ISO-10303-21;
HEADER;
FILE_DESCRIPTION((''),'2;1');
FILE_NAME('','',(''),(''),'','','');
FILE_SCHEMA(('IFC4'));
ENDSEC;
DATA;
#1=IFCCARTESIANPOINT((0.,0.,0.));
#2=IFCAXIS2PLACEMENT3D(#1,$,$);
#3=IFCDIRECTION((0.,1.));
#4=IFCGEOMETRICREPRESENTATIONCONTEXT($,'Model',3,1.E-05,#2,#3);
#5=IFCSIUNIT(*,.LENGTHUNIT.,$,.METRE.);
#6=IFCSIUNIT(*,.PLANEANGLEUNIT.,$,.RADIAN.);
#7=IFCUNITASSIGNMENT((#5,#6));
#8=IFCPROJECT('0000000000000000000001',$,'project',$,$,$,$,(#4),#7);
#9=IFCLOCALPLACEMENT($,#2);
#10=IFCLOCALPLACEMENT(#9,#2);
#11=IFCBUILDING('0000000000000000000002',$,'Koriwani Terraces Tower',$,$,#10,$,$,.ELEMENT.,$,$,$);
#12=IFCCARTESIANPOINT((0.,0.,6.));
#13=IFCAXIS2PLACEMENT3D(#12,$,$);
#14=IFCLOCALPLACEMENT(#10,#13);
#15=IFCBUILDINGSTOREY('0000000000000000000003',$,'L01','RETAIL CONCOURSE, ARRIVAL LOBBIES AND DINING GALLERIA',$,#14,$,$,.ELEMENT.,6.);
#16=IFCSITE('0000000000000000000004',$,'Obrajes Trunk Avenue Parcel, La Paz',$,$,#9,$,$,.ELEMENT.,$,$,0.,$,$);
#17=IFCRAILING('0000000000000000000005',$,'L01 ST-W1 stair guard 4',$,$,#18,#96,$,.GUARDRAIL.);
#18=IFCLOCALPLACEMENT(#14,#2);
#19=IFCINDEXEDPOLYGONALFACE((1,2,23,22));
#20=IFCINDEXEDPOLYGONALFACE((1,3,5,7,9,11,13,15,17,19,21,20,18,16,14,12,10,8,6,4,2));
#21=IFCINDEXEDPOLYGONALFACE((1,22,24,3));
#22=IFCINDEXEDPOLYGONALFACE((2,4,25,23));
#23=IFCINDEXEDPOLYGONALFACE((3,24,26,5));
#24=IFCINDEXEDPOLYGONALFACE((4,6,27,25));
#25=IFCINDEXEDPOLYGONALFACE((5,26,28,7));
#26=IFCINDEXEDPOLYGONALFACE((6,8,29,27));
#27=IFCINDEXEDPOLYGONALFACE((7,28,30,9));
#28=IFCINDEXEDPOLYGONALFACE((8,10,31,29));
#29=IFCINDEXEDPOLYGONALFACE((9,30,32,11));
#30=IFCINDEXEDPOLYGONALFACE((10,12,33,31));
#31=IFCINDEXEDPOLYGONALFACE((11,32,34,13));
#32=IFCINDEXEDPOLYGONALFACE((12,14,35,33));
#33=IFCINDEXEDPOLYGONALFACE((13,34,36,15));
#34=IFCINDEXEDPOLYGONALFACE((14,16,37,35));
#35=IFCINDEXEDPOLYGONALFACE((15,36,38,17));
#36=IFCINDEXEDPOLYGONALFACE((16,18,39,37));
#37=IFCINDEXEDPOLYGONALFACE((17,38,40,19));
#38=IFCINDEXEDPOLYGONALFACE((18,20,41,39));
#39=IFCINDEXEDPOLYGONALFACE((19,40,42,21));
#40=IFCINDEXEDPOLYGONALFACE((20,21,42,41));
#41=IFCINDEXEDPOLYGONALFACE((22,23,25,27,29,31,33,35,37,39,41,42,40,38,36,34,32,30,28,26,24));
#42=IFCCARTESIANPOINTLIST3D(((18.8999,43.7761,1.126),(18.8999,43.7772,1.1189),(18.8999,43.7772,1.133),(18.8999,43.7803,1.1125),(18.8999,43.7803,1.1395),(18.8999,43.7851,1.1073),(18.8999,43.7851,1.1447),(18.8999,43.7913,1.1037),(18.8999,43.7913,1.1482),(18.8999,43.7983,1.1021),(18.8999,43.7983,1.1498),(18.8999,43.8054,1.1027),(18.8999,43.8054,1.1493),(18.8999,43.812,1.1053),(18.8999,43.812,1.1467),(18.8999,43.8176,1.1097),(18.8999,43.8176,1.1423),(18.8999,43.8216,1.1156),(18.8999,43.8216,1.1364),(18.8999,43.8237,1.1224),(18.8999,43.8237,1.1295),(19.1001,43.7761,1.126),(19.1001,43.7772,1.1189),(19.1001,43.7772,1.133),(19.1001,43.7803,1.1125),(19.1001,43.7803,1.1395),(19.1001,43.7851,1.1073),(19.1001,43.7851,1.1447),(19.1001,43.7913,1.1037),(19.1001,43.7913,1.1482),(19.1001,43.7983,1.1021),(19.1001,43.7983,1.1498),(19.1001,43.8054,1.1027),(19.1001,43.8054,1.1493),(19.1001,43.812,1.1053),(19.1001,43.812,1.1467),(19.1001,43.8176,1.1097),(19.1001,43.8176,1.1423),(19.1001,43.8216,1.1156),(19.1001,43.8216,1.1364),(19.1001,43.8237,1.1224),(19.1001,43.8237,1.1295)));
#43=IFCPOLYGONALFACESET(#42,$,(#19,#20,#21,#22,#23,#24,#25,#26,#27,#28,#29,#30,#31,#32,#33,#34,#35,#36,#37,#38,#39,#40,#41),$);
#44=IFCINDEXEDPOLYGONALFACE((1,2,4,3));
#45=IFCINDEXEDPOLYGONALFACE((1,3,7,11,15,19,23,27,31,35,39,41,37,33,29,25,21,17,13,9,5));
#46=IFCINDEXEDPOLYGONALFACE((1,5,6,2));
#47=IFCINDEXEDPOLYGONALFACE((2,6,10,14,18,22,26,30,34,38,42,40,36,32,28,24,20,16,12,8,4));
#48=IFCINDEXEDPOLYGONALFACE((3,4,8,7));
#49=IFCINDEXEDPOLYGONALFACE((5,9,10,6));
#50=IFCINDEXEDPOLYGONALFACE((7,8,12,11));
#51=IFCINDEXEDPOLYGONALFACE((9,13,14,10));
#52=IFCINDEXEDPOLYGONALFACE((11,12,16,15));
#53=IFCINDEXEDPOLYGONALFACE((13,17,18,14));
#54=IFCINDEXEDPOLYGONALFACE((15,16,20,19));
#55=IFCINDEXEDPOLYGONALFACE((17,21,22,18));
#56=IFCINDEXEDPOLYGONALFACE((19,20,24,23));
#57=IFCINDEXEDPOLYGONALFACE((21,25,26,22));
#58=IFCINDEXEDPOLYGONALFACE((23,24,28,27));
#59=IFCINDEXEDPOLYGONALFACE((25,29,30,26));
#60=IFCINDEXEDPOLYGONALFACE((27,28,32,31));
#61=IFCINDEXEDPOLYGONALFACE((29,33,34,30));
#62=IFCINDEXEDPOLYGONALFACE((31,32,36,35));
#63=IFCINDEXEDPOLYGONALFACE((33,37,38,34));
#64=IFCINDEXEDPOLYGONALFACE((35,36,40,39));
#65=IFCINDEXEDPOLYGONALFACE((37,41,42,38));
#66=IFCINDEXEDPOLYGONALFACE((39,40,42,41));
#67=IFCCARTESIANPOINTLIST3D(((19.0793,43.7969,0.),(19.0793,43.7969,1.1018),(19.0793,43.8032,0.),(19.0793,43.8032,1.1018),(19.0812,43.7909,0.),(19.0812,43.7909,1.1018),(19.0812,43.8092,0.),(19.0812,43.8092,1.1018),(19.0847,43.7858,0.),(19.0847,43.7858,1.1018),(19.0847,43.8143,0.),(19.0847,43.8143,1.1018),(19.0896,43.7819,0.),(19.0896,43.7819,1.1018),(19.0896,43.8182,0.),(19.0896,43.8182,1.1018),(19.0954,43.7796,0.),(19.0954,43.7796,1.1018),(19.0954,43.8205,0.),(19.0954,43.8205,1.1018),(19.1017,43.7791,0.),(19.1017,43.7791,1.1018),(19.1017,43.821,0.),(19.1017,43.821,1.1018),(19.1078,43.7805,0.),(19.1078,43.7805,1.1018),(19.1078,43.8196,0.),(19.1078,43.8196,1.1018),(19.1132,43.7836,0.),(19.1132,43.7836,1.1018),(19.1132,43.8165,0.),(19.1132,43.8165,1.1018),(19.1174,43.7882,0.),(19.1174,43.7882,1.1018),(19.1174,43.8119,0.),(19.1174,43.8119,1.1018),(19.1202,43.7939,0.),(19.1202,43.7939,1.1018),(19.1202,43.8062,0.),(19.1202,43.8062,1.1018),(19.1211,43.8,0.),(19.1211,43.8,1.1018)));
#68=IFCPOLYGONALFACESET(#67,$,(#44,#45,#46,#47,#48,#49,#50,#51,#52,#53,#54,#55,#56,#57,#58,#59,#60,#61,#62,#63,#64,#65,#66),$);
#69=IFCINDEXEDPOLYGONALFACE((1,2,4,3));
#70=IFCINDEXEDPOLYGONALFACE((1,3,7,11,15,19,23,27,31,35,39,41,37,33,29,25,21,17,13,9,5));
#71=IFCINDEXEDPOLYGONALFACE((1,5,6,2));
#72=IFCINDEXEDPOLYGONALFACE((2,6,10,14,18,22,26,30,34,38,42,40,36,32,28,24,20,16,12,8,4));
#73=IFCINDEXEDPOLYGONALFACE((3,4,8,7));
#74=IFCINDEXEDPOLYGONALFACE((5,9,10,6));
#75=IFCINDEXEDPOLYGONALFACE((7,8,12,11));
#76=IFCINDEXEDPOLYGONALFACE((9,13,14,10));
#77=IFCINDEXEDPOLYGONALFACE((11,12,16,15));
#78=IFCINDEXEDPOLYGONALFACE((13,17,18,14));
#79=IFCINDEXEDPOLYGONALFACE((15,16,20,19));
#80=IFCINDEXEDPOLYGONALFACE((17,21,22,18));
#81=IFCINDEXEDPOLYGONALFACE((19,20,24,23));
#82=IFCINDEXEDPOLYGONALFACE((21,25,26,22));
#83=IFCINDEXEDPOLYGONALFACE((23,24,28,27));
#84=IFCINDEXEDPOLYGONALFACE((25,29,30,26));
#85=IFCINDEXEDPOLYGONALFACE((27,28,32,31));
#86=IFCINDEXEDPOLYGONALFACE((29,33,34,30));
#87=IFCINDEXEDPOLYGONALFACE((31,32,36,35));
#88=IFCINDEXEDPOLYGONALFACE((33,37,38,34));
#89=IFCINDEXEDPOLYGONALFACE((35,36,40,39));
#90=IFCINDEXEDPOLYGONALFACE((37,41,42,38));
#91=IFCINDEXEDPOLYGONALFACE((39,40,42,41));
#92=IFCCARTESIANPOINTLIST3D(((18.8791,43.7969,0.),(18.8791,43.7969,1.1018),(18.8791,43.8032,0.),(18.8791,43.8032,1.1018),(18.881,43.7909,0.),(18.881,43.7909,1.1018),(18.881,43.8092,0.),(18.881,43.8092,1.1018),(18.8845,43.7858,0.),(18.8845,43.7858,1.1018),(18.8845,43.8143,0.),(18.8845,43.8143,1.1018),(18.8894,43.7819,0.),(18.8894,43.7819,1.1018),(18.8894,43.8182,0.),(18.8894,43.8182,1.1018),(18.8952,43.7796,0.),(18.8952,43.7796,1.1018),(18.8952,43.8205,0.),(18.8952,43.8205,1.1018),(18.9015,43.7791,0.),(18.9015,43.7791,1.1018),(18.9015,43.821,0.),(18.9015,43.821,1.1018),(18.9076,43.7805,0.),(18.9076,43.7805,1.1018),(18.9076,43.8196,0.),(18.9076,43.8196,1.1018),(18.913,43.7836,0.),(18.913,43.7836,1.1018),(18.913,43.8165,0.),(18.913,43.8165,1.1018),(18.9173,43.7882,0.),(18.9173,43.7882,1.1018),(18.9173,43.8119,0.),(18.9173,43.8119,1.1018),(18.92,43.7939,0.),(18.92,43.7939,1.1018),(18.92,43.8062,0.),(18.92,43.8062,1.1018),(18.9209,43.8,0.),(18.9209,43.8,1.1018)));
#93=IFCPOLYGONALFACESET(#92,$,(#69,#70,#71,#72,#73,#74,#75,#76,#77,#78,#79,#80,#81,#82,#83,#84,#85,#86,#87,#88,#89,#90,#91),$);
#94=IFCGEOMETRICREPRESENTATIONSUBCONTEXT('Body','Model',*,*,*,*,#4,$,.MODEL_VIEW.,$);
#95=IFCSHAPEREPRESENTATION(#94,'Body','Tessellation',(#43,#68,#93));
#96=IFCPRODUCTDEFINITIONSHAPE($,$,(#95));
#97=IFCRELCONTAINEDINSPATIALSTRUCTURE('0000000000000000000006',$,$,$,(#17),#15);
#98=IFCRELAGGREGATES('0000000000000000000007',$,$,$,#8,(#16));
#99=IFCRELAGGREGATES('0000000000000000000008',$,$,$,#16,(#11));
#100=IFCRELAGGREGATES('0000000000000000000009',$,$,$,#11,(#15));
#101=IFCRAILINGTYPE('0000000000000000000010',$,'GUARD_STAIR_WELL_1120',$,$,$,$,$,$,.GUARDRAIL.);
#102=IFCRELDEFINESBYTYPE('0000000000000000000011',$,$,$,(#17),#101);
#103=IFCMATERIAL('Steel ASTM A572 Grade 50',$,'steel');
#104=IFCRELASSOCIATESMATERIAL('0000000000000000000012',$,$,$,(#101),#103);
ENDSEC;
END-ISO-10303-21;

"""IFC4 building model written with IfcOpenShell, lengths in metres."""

from ifc_helpers import new_model, si_unit, direction, frame, origin, origin_2d, place, context, subcontext, project, spatial, circle, extrude, material, type_object, element, save


model = new_model("IFC4")

# Units and contexts
model_context = context("Model", 3, precision=1e-05, world=origin(), true_north=direction((0.0, 1.0)))
body_context = subcontext(model_context, "Body", "Model", "MODEL_VIEW")
ifc_project = project(units=[si_unit("LENGTHUNIT", "METRE"), si_unit("PLANEANGLEUNIT", "RADIAN")], contexts=[model_context])

# Site, building, storey
site_placement = place(None, origin())
site = spatial("IfcSite", under=ifc_project, at=site_placement, Name="Obrajes Trunk Avenue Parcel, La Paz", CompositionType="ELEMENT", RefElevation=0.0)
building_placement = place(site_placement, origin())
building = spatial("IfcBuilding", under=site, at=building_placement, Name="Koriwani Terraces Tower", CompositionType="ELEMENT")
storey_placement = place(building_placement, frame((0.0, 0.0, 6.0)))
storey = spatial("IfcBuildingStorey", under=building, at=storey_placement, Name="L01", Description="RETAIL CONCOURSE, ARRIVAL LOBBIES AND DINING GALLERIA", CompositionType="ELEMENT", Elevation=6.0)

# Shared definitions
ifc_material_1 = material(Name="Steel ASTM A572 Grade 50", Category="steel")

# Railing
railing_type_1 = type_object("IfcRailingType", Name="GUARD_STAIR_WELL_1120", PredefinedType="GUARDRAIL", material=ifc_material_1)
railing_1_placement = place(storey_placement, frame((19.1001, 43.8, 0.0)))
element("IfcRailing", 1, at=railing_1_placement, inside=storey, type_object=railing_type_1, Name="L01 ST-W1 stair guard 4", PredefinedType="GUARDRAIL", context=body_context, shape_type="SweptSolid", body=[
    extrude(circle(Radius=0.0239, at=origin_2d()), frame((0.0, 0.0, 1.126), z_axis=(-1.0, 0.0, 0.0), x_axis=(0.0, -1.0, 0.0)), (0.0, 0.0, 1.0), 0.2002),
    extrude(circle(Radius=0.021, at=origin_2d()), origin(), (0.0, 0.0, 1.0), 1.1018),
    extrude(circle(Radius=0.021, at=origin_2d()), frame((-0.2002, 0.0, 0.0)), (0.0, 0.0, 1.0), 1.1018),
])

save(model, "model.ifc")
